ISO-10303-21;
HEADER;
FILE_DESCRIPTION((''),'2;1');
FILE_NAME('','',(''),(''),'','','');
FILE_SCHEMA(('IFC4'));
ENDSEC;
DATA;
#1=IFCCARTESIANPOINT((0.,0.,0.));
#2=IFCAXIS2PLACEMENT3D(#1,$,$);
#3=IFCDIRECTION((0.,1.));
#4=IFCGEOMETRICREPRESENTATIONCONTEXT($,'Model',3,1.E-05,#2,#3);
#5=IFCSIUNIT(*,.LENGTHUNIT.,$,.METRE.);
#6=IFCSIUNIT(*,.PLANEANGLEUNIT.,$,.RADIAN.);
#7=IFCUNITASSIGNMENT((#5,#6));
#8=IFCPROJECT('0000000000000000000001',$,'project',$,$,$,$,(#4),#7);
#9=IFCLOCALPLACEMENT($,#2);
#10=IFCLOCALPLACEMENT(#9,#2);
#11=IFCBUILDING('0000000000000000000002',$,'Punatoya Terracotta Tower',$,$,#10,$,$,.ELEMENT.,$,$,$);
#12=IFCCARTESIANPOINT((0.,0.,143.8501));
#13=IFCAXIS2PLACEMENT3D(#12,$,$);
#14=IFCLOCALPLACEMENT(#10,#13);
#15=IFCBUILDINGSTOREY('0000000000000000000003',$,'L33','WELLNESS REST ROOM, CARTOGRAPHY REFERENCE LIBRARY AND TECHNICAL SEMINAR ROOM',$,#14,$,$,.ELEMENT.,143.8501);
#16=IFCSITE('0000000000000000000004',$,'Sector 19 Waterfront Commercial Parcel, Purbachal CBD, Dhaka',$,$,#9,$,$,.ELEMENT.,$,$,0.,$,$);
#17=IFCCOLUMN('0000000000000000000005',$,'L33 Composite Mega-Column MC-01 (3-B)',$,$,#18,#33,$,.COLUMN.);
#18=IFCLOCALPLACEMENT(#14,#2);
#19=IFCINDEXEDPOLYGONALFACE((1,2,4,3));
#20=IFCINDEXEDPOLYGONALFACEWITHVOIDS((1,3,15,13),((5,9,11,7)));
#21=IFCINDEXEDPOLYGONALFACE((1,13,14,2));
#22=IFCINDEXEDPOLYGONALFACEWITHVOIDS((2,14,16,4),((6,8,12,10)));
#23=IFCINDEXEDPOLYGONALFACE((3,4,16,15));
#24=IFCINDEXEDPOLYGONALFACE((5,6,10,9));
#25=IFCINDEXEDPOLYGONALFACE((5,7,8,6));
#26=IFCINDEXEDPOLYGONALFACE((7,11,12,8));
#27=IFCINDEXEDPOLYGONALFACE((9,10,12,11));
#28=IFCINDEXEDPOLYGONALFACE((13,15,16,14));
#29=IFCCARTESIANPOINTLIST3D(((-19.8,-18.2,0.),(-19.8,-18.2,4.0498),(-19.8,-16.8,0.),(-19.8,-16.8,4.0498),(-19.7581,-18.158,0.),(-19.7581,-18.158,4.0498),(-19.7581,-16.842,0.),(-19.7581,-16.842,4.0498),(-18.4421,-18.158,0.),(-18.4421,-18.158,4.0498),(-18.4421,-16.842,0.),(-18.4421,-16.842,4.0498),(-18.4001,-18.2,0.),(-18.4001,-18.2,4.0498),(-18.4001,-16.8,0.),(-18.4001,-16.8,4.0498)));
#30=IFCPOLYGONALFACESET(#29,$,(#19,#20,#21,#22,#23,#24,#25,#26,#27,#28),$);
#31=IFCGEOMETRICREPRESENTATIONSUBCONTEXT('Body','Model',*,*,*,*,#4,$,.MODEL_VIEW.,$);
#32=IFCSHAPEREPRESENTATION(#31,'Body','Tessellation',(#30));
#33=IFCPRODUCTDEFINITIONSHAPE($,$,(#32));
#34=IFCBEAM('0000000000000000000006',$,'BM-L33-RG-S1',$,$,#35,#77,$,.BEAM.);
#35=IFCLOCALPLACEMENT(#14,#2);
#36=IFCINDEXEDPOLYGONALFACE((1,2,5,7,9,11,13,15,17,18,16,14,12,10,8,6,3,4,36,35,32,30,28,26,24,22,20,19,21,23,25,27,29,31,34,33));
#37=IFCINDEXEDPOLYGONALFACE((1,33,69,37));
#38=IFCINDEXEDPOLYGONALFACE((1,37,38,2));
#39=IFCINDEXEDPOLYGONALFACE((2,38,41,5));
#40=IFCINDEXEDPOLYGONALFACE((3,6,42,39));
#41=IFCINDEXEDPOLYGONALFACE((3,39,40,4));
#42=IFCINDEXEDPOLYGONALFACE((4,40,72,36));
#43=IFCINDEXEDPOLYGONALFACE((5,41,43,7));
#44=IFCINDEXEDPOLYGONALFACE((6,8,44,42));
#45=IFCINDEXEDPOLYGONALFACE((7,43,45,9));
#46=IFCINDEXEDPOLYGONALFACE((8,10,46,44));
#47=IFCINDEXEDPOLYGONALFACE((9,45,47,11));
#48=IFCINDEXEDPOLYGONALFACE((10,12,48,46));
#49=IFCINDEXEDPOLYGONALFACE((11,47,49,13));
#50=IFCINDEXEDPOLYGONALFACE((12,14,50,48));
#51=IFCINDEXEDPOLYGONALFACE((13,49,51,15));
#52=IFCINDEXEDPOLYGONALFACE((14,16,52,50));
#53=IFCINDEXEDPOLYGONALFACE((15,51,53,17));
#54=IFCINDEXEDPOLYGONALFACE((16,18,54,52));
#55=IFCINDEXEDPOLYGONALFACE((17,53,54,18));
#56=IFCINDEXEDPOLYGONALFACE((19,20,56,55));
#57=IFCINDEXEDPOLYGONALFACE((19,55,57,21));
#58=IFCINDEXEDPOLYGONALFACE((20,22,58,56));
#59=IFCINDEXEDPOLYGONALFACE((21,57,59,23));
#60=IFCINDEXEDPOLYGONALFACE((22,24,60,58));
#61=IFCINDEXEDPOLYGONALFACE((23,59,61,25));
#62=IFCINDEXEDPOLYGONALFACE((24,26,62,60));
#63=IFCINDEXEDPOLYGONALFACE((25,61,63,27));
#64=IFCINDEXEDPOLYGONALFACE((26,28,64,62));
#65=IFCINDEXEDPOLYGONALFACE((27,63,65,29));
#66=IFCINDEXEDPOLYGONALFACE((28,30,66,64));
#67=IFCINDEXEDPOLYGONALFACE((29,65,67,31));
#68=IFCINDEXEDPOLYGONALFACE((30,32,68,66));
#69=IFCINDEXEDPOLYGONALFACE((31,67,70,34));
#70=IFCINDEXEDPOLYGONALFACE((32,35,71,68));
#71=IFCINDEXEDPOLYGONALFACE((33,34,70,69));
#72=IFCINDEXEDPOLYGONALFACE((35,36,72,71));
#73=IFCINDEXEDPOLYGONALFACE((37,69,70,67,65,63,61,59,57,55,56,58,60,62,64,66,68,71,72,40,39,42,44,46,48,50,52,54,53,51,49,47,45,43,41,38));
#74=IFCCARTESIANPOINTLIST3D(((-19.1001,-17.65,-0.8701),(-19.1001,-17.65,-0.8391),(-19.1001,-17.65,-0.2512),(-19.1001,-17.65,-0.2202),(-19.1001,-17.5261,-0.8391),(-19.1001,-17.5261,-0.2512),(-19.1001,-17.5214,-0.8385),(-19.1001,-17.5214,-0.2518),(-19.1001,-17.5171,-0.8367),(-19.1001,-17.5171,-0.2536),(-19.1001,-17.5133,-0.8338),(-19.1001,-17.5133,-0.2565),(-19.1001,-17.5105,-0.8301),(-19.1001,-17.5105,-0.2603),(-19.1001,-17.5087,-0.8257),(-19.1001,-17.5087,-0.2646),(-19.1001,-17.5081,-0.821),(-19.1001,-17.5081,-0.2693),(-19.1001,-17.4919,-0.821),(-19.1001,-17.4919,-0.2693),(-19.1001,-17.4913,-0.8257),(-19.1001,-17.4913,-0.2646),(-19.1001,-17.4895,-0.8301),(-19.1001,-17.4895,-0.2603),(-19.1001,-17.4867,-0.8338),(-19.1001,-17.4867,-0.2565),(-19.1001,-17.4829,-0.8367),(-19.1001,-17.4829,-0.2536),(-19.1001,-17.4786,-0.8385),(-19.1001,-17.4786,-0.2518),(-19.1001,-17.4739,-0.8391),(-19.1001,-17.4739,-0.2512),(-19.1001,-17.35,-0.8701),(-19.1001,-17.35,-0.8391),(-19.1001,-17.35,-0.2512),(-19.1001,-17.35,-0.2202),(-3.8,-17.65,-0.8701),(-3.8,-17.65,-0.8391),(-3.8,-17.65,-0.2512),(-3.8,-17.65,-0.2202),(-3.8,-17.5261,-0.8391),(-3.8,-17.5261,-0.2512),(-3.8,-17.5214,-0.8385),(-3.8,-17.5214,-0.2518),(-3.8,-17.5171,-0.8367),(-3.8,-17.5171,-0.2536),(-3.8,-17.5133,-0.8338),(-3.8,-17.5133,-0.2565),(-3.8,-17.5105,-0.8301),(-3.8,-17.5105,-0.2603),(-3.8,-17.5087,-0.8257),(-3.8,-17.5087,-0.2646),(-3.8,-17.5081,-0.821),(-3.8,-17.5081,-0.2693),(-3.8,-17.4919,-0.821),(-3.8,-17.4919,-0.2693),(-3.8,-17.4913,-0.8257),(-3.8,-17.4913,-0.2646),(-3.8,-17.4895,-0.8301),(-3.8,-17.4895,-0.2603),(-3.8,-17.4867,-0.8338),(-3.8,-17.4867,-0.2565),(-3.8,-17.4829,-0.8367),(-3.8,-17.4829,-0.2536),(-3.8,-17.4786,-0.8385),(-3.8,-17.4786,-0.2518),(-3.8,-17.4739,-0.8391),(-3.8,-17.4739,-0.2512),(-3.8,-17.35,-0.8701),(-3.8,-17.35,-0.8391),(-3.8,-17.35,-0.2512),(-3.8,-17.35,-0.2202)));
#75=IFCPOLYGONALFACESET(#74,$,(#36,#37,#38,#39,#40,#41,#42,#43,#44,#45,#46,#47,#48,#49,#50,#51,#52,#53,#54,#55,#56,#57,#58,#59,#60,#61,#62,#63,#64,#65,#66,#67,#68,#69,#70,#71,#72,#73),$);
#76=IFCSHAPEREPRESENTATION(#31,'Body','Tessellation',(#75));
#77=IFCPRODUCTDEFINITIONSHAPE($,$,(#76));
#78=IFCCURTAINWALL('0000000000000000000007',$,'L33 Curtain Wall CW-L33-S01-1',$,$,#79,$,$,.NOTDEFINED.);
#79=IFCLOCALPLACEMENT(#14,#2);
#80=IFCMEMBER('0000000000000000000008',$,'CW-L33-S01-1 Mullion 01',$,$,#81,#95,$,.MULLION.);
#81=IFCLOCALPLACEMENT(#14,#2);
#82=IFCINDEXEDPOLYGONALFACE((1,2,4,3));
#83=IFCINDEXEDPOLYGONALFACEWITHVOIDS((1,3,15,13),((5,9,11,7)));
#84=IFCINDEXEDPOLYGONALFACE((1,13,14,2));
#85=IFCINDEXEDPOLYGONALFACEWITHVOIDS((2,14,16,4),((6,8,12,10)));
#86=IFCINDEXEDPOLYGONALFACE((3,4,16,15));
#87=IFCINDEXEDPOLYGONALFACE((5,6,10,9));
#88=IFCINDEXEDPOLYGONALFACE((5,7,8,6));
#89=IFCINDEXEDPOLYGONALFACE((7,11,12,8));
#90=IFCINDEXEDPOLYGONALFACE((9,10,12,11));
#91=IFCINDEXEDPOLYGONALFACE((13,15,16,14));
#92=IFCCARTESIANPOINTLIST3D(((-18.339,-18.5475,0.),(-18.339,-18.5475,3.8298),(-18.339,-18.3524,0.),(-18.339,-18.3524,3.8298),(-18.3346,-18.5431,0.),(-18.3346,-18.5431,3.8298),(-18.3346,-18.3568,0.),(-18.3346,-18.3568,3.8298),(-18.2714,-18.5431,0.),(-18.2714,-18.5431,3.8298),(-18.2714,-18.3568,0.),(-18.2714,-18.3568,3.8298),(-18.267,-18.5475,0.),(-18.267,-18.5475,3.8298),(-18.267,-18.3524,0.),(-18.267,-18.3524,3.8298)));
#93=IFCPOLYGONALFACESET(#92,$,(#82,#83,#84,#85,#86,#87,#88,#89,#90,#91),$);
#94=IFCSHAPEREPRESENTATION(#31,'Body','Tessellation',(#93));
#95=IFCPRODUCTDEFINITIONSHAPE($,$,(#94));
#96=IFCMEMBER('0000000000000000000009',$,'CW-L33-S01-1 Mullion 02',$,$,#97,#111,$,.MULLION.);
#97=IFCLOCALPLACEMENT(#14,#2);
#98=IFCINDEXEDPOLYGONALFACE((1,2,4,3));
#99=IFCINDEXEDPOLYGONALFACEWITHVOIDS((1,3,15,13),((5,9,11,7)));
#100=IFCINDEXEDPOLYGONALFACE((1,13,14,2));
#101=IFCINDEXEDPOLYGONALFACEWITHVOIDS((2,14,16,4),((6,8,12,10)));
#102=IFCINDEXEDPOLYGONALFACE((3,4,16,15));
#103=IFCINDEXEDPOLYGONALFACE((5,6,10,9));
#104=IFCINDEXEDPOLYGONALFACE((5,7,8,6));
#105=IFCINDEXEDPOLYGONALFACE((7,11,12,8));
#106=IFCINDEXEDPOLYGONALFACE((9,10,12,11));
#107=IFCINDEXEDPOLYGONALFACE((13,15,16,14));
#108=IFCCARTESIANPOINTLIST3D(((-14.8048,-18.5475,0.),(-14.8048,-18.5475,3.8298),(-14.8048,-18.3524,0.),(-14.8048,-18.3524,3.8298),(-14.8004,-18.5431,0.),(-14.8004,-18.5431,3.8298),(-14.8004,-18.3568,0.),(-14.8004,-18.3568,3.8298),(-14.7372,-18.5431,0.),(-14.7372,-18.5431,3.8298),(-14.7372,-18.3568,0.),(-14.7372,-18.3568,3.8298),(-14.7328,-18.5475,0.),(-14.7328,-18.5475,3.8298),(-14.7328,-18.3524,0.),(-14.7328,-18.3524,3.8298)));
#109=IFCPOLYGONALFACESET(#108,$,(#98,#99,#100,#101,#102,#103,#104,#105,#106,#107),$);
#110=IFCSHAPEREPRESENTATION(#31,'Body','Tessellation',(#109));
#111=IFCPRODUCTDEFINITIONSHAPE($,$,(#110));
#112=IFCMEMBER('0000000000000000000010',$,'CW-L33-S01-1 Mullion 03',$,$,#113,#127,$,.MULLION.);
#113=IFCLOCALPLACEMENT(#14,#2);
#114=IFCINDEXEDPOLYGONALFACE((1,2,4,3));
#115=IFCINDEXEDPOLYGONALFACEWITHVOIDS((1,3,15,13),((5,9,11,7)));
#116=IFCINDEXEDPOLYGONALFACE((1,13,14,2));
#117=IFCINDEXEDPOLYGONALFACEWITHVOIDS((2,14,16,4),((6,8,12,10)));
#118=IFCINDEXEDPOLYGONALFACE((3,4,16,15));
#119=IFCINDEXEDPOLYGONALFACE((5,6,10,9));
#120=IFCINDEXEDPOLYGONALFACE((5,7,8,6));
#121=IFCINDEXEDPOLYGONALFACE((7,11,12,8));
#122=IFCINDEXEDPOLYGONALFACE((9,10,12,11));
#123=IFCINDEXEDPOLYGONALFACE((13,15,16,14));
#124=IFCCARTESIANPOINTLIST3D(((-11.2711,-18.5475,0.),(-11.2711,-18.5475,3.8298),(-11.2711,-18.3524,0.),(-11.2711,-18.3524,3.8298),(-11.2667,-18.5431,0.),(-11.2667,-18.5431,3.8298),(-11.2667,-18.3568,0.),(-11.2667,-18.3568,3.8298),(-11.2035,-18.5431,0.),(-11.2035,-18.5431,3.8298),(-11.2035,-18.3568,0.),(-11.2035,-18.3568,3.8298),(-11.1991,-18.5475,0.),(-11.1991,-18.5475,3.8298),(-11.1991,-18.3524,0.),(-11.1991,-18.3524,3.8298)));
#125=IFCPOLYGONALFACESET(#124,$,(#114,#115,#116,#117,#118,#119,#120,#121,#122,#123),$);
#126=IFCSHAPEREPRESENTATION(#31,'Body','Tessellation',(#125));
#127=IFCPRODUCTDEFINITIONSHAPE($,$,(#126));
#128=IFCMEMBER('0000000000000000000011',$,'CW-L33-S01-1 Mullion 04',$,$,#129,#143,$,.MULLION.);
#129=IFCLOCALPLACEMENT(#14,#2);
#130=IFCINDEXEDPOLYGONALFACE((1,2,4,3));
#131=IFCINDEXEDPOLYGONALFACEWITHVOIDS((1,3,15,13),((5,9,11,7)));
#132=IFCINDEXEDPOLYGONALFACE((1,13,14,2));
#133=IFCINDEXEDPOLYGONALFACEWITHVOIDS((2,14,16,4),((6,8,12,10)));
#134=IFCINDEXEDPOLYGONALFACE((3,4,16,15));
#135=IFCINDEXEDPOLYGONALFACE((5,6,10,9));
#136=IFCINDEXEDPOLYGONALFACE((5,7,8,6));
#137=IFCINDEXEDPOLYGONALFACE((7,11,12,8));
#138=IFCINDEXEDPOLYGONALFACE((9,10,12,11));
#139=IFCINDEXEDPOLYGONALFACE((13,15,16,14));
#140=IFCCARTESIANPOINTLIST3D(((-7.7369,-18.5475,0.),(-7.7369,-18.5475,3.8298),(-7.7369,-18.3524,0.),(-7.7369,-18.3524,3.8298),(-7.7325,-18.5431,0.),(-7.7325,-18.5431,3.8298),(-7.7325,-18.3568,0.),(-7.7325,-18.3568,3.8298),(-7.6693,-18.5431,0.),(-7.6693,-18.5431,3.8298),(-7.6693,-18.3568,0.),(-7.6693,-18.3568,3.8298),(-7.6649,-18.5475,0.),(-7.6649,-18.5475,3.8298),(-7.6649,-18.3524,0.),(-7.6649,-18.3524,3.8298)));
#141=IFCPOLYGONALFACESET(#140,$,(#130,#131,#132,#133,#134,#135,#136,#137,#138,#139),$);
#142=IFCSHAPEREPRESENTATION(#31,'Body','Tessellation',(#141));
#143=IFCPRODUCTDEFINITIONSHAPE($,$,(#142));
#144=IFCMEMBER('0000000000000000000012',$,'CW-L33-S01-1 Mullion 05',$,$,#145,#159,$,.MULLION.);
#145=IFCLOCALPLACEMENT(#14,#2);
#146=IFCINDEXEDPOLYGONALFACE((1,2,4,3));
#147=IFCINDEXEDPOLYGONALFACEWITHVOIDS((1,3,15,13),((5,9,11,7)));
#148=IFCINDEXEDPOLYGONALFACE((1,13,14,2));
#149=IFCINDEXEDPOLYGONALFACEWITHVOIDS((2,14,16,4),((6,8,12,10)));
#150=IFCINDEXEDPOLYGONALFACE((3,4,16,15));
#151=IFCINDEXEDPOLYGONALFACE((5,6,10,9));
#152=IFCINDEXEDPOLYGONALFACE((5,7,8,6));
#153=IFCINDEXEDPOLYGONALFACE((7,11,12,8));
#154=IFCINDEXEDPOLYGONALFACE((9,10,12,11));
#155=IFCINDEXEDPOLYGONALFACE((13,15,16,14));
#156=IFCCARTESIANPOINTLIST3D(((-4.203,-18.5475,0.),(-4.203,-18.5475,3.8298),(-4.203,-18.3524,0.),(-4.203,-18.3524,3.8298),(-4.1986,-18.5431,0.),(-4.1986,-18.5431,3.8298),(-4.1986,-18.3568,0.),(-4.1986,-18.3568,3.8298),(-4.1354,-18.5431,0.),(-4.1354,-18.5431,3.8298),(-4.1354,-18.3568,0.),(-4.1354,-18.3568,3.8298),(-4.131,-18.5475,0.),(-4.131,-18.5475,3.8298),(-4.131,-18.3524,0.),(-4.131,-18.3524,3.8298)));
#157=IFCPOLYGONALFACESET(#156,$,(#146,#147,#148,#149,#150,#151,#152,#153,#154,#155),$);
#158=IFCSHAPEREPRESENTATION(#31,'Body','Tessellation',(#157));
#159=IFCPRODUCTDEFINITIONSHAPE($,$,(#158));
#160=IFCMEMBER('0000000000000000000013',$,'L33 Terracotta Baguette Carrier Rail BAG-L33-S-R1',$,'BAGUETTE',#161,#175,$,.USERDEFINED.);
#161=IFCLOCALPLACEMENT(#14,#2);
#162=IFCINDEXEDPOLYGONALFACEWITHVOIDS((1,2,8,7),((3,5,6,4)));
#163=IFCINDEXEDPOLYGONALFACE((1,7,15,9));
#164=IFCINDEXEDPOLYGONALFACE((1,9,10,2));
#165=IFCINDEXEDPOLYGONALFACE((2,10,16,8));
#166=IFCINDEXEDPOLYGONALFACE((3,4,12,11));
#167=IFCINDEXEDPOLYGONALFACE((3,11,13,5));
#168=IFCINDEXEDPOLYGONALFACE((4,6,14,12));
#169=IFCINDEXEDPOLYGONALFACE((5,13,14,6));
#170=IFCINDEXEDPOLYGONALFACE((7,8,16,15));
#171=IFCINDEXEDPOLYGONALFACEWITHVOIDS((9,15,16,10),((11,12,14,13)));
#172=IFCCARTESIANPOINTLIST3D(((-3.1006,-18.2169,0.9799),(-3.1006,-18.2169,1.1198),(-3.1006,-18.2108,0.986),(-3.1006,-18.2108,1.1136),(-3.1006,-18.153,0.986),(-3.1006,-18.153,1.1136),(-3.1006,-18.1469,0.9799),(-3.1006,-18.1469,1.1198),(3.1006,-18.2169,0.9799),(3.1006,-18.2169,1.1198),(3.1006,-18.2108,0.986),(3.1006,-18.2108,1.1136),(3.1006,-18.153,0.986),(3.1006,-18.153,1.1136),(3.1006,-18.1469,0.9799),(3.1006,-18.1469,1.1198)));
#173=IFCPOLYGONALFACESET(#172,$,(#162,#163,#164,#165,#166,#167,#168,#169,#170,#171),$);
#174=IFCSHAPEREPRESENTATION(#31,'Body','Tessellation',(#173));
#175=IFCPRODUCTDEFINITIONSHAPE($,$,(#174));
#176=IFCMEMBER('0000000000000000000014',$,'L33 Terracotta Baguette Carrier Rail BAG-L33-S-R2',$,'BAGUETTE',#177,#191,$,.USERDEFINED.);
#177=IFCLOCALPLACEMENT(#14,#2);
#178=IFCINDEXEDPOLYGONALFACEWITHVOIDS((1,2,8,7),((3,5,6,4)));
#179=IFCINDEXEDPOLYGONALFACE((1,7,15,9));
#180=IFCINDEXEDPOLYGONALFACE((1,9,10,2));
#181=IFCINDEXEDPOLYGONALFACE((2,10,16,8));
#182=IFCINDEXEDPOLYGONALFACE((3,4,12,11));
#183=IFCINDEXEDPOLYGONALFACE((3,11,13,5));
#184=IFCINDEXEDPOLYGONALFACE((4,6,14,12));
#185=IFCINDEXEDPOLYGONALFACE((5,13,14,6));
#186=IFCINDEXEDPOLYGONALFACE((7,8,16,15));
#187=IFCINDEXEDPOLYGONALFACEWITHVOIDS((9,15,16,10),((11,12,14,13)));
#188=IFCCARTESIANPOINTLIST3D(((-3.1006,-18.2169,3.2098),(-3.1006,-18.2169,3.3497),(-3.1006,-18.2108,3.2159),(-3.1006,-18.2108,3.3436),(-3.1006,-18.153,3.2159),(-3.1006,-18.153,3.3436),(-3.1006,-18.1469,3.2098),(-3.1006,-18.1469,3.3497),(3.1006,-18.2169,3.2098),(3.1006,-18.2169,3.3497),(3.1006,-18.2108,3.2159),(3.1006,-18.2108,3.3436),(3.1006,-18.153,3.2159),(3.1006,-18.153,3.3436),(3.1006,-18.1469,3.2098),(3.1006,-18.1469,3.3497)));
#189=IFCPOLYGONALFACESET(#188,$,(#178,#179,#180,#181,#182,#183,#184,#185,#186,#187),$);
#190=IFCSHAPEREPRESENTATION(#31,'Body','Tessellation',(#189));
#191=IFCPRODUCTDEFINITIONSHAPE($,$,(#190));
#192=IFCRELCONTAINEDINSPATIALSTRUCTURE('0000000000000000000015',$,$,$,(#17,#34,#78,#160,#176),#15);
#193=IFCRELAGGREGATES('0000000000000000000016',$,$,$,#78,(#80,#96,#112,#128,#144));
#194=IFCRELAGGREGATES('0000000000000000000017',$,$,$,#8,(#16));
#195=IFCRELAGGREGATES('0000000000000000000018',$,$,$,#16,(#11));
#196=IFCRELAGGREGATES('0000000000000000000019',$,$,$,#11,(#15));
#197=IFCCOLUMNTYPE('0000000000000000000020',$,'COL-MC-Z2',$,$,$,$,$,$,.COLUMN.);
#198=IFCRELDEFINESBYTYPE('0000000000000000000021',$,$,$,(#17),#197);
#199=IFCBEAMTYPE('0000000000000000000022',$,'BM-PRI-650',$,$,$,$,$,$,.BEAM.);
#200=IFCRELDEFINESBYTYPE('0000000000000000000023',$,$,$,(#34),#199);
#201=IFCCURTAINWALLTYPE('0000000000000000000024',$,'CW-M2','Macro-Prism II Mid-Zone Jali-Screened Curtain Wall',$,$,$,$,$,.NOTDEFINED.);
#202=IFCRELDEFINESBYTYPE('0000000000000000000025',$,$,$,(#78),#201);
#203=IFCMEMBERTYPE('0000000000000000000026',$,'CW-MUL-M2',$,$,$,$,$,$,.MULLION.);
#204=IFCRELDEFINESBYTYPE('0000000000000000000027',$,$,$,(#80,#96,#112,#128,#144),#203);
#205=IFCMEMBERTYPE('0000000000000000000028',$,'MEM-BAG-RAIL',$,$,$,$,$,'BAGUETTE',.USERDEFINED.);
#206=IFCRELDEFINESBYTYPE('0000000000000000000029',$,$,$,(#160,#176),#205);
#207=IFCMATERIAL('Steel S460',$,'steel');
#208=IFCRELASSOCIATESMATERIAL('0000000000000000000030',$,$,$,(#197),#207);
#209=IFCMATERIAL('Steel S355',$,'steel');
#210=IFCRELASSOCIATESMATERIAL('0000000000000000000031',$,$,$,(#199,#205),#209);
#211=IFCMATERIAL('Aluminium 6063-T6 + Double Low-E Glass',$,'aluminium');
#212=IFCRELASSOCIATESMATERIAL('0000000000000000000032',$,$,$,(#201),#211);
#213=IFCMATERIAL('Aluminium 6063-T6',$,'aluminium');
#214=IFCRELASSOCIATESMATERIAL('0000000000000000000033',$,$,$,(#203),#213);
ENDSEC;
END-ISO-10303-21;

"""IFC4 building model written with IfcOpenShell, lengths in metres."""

from ifc_helpers import new_model, si_unit, direction, frame, origin, origin_2d, place, context, subcontext, project, spatial, hollow_rectangle, i_section, extrude, material, material_profile, profile_set, type_object, element, aggregate, save


model = new_model("IFC4")

# Units and contexts
model_context = context("Model", 3, precision=1e-05, world=origin(), true_north=direction((0.0, 1.0)))
body_context = subcontext(model_context, "Body", "Model", "MODEL_VIEW")
ifc_project = project(units=[si_unit("LENGTHUNIT", "METRE"), si_unit("PLANEANGLEUNIT", "RADIAN")], contexts=[model_context])

# Site, building, storey
site_placement = place(None, origin())
site = spatial("IfcSite", under=ifc_project, at=site_placement, Name="Sector 19 Waterfront Commercial Parcel, Purbachal CBD, Dhaka", CompositionType="ELEMENT", RefElevation=0.0)
building_placement = place(site_placement, origin())
building = spatial("IfcBuilding", under=site, at=building_placement, Name="Punatoya Terracotta Tower", CompositionType="ELEMENT")
storey_placement = place(building_placement, frame((0.0, 0.0, 143.8501)))
storey = spatial("IfcBuildingStorey", under=building, at=storey_placement, Name="L33", Description="WELLNESS REST ROOM, CARTOGRAPHY REFERENCE LIBRARY AND TECHNICAL SEMINAR ROOM", CompositionType="ELEMENT", Elevation=143.8501)

# Column
ifc_material_1 = material(Name="Steel S460", Category="steel")
ifc_material_profile_1 = material_profile(ifc_material_1, hollow_rectangle(XDim=1.3999, YDim=1.3999, WallThickness=0.042, at=origin_2d()))
ifc_profile_set_1 = profile_set([ifc_material_profile_1], Name="Steel S460")
column_type = type_object("IfcColumnType", Name="COL-MC-Z2", PredefinedType="COLUMN", material=ifc_profile_set_1)
column_placement = place(storey_placement, frame((-19.1001, -17.5, 0.0), z_axis=(0.0, 0.0, 1.0), x_axis=(1.0, 0.0, 0.0)))
element("IfcColumn", 1, at=column_placement, inside=storey, type_object=column_type, Name="L33 Composite Mega-Column MC-01 (3-B)", PredefinedType="COLUMN", context=body_context, shape_type="SweptSolid", body=[
    extrude(hollow_rectangle(XDim=1.3999, YDim=1.3999, WallThickness=0.042, at=origin_2d()), origin(), (0.0, 0.0, 1.0), 4.0498),
])

# Beam
ifc_material_2 = material(Name="Steel S355", Category="steel")
ifc_material_profile_2 = material_profile(ifc_material_2, i_section(OverallWidth=0.3, OverallDepth=0.6499, WebThickness=0.0161, FlangeThickness=0.031, FilletRadius=0.0181, at=origin_2d()))
ifc_profile_set_2 = profile_set([ifc_material_profile_2], Name="Steel S355")
beam_type = type_object("IfcBeamType", Name="BM-PRI-650", PredefinedType="BEAM", material=ifc_profile_set_2)
beam_placement = place(storey_placement, frame((-19.1001, -17.5, -0.5452), z_axis=(1.0, 0.0, 0.0), x_axis=(0.0, 1.0, 0.0)))
element("IfcBeam", 2, at=beam_placement, inside=storey, type_object=beam_type, Name="BM-L33-RG-S1", PredefinedType="BEAM", context=body_context, shape_type="SweptSolid", body=[
    extrude(i_section(OverallWidth=0.3, OverallDepth=0.6499, WebThickness=0.0161, FlangeThickness=0.031, FilletRadius=0.0181, at=origin_2d()), origin(), (0.0, 0.0, 1.0), 15.3),
])

# Curtain wall, members
ifc_material_3 = material(Name="Aluminium 6063-T6 + Double Low-E Glass", Category="aluminium")
curtain_wall_type = type_object("IfcCurtainWallType", Name="CW-M2", Description="Macro-Prism II Mid-Zone Jali-Screened Curtain Wall", PredefinedType="NOTDEFINED", material=ifc_material_3)
curtain_wall_placement = place(storey_placement, origin())
curtain_wall = element("IfcCurtainWall", 3, at=curtain_wall_placement, inside=storey, type_object=curtain_wall_type, Name="L33 Curtain Wall CW-L33-S01-1", PredefinedType="NOTDEFINED")
ifc_material_4 = material(Name="Aluminium 6063-T6", Category="aluminium")
ifc_material_profile_3 = material_profile(ifc_material_4, hollow_rectangle(XDim=0.072, YDim=0.1951, WallThickness=0.0044, at=origin_2d()))
ifc_profile_set_3 = profile_set([ifc_material_profile_3], Name="Aluminium 6063-T6")
member_type_1 = type_object("IfcMemberType", Name="CW-MUL-M2", PredefinedType="MULLION", material=ifc_profile_set_3)
member_1_placement = place(storey_placement, frame((-18.303, -18.45, 0.0), z_axis=(0.0, 0.0, 1.0), x_axis=(1.0, 0.0, 0.0)))
member_1 = element("IfcMember", 4, at=member_1_placement, type_object=member_type_1, Name="CW-L33-S01-1 Mullion 01", PredefinedType="MULLION", context=body_context, shape_type="SweptSolid", body=[
    extrude(hollow_rectangle(XDim=0.072, YDim=0.1951, WallThickness=0.0044, at=origin_2d()), origin(), (0.0, 0.0, 1.0), 3.8298),
])
member_2_placement = place(storey_placement, frame((-14.7688, -18.45, 0.0), z_axis=(0.0, 0.0, 1.0), x_axis=(1.0, 0.0, 0.0)))
member_2 = element("IfcMember", 5, at=member_2_placement, type_object=member_type_1, Name="CW-L33-S01-1 Mullion 02", PredefinedType="MULLION", context=body_context, shape_type="SweptSolid", body=[
    extrude(hollow_rectangle(XDim=0.072, YDim=0.1951, WallThickness=0.0044, at=origin_2d()), origin(), (0.0, 0.0, 1.0), 3.8298),
])
member_3_placement = place(storey_placement, frame((-11.2351, -18.45, 0.0), z_axis=(0.0, 0.0, 1.0), x_axis=(1.0, 0.0, 0.0)))
member_3 = element("IfcMember", 6, at=member_3_placement, type_object=member_type_1, Name="CW-L33-S01-1 Mullion 03", PredefinedType="MULLION", context=body_context, shape_type="SweptSolid", body=[
    extrude(hollow_rectangle(XDim=0.072, YDim=0.1951, WallThickness=0.0044, at=origin_2d()), origin(), (0.0, 0.0, 1.0), 3.8298),
])
member_4_placement = place(storey_placement, frame((-7.7009, -18.45, 0.0), z_axis=(0.0, 0.0, 1.0), x_axis=(1.0, 0.0, 0.0)))
member_4 = element("IfcMember", 7, at=member_4_placement, type_object=member_type_1, Name="CW-L33-S01-1 Mullion 04", PredefinedType="MULLION", context=body_context, shape_type="SweptSolid", body=[
    extrude(hollow_rectangle(XDim=0.072, YDim=0.1951, WallThickness=0.0044, at=origin_2d()), origin(), (0.0, 0.0, 1.0), 3.8298),
])
member_5_placement = place(storey_placement, frame((-4.167, -18.45, 0.0), z_axis=(0.0, 0.0, 1.0), x_axis=(1.0, 0.0, 0.0)))
member_5 = element("IfcMember", 8, at=member_5_placement, type_object=member_type_1, Name="CW-L33-S01-1 Mullion 05", PredefinedType="MULLION", context=body_context, shape_type="SweptSolid", body=[
    extrude(hollow_rectangle(XDim=0.072, YDim=0.1951, WallThickness=0.0044, at=origin_2d()), origin(), (0.0, 0.0, 1.0), 3.8298),
])

# Members
ifc_material_profile_4 = material_profile(ifc_material_2, hollow_rectangle(XDim=0.0701, YDim=0.1399, WallThickness=0.0061, at=origin_2d()))
ifc_profile_set_4 = profile_set([ifc_material_profile_4], Name="Steel S355")
member_type_2 = type_object("IfcMemberType", Name="MEM-BAG-RAIL", ElementType="BAGUETTE", PredefinedType="USERDEFINED", material=ifc_profile_set_4)
for number, where, z_axis, x_axis, name in (
    (9, (-3.1006, -18.1819, 1.0498), (1.0, 0.0, 0.0), (0.0, 1.0, 0.0), "L33 Terracotta Baguette Carrier Rail BAG-L33-S-R1"),
    (10, (-3.1006, -18.1819, 3.2798), (1.0, 0.0, 0.0), (0.0, 1.0, 0.0), "L33 Terracotta Baguette Carrier Rail BAG-L33-S-R2"),
):
    element("IfcMember", number, at=place(storey_placement, frame(where, z_axis=z_axis, x_axis=x_axis)), inside=storey, type_object=member_type_2, Name=name, ObjectType="BAGUETTE", PredefinedType="USERDEFINED", context=body_context, shape_type="SweptSolid", body=[
        extrude(hollow_rectangle(XDim=0.0701, YDim=0.1399, WallThickness=0.0061, at=origin_2d()), origin(), (0.0, 0.0, 1.0), 6.2012),
    ])

aggregate(curtain_wall, [member_1, member_2, member_3, member_4, member_5])

save(model, "model.ifc")
